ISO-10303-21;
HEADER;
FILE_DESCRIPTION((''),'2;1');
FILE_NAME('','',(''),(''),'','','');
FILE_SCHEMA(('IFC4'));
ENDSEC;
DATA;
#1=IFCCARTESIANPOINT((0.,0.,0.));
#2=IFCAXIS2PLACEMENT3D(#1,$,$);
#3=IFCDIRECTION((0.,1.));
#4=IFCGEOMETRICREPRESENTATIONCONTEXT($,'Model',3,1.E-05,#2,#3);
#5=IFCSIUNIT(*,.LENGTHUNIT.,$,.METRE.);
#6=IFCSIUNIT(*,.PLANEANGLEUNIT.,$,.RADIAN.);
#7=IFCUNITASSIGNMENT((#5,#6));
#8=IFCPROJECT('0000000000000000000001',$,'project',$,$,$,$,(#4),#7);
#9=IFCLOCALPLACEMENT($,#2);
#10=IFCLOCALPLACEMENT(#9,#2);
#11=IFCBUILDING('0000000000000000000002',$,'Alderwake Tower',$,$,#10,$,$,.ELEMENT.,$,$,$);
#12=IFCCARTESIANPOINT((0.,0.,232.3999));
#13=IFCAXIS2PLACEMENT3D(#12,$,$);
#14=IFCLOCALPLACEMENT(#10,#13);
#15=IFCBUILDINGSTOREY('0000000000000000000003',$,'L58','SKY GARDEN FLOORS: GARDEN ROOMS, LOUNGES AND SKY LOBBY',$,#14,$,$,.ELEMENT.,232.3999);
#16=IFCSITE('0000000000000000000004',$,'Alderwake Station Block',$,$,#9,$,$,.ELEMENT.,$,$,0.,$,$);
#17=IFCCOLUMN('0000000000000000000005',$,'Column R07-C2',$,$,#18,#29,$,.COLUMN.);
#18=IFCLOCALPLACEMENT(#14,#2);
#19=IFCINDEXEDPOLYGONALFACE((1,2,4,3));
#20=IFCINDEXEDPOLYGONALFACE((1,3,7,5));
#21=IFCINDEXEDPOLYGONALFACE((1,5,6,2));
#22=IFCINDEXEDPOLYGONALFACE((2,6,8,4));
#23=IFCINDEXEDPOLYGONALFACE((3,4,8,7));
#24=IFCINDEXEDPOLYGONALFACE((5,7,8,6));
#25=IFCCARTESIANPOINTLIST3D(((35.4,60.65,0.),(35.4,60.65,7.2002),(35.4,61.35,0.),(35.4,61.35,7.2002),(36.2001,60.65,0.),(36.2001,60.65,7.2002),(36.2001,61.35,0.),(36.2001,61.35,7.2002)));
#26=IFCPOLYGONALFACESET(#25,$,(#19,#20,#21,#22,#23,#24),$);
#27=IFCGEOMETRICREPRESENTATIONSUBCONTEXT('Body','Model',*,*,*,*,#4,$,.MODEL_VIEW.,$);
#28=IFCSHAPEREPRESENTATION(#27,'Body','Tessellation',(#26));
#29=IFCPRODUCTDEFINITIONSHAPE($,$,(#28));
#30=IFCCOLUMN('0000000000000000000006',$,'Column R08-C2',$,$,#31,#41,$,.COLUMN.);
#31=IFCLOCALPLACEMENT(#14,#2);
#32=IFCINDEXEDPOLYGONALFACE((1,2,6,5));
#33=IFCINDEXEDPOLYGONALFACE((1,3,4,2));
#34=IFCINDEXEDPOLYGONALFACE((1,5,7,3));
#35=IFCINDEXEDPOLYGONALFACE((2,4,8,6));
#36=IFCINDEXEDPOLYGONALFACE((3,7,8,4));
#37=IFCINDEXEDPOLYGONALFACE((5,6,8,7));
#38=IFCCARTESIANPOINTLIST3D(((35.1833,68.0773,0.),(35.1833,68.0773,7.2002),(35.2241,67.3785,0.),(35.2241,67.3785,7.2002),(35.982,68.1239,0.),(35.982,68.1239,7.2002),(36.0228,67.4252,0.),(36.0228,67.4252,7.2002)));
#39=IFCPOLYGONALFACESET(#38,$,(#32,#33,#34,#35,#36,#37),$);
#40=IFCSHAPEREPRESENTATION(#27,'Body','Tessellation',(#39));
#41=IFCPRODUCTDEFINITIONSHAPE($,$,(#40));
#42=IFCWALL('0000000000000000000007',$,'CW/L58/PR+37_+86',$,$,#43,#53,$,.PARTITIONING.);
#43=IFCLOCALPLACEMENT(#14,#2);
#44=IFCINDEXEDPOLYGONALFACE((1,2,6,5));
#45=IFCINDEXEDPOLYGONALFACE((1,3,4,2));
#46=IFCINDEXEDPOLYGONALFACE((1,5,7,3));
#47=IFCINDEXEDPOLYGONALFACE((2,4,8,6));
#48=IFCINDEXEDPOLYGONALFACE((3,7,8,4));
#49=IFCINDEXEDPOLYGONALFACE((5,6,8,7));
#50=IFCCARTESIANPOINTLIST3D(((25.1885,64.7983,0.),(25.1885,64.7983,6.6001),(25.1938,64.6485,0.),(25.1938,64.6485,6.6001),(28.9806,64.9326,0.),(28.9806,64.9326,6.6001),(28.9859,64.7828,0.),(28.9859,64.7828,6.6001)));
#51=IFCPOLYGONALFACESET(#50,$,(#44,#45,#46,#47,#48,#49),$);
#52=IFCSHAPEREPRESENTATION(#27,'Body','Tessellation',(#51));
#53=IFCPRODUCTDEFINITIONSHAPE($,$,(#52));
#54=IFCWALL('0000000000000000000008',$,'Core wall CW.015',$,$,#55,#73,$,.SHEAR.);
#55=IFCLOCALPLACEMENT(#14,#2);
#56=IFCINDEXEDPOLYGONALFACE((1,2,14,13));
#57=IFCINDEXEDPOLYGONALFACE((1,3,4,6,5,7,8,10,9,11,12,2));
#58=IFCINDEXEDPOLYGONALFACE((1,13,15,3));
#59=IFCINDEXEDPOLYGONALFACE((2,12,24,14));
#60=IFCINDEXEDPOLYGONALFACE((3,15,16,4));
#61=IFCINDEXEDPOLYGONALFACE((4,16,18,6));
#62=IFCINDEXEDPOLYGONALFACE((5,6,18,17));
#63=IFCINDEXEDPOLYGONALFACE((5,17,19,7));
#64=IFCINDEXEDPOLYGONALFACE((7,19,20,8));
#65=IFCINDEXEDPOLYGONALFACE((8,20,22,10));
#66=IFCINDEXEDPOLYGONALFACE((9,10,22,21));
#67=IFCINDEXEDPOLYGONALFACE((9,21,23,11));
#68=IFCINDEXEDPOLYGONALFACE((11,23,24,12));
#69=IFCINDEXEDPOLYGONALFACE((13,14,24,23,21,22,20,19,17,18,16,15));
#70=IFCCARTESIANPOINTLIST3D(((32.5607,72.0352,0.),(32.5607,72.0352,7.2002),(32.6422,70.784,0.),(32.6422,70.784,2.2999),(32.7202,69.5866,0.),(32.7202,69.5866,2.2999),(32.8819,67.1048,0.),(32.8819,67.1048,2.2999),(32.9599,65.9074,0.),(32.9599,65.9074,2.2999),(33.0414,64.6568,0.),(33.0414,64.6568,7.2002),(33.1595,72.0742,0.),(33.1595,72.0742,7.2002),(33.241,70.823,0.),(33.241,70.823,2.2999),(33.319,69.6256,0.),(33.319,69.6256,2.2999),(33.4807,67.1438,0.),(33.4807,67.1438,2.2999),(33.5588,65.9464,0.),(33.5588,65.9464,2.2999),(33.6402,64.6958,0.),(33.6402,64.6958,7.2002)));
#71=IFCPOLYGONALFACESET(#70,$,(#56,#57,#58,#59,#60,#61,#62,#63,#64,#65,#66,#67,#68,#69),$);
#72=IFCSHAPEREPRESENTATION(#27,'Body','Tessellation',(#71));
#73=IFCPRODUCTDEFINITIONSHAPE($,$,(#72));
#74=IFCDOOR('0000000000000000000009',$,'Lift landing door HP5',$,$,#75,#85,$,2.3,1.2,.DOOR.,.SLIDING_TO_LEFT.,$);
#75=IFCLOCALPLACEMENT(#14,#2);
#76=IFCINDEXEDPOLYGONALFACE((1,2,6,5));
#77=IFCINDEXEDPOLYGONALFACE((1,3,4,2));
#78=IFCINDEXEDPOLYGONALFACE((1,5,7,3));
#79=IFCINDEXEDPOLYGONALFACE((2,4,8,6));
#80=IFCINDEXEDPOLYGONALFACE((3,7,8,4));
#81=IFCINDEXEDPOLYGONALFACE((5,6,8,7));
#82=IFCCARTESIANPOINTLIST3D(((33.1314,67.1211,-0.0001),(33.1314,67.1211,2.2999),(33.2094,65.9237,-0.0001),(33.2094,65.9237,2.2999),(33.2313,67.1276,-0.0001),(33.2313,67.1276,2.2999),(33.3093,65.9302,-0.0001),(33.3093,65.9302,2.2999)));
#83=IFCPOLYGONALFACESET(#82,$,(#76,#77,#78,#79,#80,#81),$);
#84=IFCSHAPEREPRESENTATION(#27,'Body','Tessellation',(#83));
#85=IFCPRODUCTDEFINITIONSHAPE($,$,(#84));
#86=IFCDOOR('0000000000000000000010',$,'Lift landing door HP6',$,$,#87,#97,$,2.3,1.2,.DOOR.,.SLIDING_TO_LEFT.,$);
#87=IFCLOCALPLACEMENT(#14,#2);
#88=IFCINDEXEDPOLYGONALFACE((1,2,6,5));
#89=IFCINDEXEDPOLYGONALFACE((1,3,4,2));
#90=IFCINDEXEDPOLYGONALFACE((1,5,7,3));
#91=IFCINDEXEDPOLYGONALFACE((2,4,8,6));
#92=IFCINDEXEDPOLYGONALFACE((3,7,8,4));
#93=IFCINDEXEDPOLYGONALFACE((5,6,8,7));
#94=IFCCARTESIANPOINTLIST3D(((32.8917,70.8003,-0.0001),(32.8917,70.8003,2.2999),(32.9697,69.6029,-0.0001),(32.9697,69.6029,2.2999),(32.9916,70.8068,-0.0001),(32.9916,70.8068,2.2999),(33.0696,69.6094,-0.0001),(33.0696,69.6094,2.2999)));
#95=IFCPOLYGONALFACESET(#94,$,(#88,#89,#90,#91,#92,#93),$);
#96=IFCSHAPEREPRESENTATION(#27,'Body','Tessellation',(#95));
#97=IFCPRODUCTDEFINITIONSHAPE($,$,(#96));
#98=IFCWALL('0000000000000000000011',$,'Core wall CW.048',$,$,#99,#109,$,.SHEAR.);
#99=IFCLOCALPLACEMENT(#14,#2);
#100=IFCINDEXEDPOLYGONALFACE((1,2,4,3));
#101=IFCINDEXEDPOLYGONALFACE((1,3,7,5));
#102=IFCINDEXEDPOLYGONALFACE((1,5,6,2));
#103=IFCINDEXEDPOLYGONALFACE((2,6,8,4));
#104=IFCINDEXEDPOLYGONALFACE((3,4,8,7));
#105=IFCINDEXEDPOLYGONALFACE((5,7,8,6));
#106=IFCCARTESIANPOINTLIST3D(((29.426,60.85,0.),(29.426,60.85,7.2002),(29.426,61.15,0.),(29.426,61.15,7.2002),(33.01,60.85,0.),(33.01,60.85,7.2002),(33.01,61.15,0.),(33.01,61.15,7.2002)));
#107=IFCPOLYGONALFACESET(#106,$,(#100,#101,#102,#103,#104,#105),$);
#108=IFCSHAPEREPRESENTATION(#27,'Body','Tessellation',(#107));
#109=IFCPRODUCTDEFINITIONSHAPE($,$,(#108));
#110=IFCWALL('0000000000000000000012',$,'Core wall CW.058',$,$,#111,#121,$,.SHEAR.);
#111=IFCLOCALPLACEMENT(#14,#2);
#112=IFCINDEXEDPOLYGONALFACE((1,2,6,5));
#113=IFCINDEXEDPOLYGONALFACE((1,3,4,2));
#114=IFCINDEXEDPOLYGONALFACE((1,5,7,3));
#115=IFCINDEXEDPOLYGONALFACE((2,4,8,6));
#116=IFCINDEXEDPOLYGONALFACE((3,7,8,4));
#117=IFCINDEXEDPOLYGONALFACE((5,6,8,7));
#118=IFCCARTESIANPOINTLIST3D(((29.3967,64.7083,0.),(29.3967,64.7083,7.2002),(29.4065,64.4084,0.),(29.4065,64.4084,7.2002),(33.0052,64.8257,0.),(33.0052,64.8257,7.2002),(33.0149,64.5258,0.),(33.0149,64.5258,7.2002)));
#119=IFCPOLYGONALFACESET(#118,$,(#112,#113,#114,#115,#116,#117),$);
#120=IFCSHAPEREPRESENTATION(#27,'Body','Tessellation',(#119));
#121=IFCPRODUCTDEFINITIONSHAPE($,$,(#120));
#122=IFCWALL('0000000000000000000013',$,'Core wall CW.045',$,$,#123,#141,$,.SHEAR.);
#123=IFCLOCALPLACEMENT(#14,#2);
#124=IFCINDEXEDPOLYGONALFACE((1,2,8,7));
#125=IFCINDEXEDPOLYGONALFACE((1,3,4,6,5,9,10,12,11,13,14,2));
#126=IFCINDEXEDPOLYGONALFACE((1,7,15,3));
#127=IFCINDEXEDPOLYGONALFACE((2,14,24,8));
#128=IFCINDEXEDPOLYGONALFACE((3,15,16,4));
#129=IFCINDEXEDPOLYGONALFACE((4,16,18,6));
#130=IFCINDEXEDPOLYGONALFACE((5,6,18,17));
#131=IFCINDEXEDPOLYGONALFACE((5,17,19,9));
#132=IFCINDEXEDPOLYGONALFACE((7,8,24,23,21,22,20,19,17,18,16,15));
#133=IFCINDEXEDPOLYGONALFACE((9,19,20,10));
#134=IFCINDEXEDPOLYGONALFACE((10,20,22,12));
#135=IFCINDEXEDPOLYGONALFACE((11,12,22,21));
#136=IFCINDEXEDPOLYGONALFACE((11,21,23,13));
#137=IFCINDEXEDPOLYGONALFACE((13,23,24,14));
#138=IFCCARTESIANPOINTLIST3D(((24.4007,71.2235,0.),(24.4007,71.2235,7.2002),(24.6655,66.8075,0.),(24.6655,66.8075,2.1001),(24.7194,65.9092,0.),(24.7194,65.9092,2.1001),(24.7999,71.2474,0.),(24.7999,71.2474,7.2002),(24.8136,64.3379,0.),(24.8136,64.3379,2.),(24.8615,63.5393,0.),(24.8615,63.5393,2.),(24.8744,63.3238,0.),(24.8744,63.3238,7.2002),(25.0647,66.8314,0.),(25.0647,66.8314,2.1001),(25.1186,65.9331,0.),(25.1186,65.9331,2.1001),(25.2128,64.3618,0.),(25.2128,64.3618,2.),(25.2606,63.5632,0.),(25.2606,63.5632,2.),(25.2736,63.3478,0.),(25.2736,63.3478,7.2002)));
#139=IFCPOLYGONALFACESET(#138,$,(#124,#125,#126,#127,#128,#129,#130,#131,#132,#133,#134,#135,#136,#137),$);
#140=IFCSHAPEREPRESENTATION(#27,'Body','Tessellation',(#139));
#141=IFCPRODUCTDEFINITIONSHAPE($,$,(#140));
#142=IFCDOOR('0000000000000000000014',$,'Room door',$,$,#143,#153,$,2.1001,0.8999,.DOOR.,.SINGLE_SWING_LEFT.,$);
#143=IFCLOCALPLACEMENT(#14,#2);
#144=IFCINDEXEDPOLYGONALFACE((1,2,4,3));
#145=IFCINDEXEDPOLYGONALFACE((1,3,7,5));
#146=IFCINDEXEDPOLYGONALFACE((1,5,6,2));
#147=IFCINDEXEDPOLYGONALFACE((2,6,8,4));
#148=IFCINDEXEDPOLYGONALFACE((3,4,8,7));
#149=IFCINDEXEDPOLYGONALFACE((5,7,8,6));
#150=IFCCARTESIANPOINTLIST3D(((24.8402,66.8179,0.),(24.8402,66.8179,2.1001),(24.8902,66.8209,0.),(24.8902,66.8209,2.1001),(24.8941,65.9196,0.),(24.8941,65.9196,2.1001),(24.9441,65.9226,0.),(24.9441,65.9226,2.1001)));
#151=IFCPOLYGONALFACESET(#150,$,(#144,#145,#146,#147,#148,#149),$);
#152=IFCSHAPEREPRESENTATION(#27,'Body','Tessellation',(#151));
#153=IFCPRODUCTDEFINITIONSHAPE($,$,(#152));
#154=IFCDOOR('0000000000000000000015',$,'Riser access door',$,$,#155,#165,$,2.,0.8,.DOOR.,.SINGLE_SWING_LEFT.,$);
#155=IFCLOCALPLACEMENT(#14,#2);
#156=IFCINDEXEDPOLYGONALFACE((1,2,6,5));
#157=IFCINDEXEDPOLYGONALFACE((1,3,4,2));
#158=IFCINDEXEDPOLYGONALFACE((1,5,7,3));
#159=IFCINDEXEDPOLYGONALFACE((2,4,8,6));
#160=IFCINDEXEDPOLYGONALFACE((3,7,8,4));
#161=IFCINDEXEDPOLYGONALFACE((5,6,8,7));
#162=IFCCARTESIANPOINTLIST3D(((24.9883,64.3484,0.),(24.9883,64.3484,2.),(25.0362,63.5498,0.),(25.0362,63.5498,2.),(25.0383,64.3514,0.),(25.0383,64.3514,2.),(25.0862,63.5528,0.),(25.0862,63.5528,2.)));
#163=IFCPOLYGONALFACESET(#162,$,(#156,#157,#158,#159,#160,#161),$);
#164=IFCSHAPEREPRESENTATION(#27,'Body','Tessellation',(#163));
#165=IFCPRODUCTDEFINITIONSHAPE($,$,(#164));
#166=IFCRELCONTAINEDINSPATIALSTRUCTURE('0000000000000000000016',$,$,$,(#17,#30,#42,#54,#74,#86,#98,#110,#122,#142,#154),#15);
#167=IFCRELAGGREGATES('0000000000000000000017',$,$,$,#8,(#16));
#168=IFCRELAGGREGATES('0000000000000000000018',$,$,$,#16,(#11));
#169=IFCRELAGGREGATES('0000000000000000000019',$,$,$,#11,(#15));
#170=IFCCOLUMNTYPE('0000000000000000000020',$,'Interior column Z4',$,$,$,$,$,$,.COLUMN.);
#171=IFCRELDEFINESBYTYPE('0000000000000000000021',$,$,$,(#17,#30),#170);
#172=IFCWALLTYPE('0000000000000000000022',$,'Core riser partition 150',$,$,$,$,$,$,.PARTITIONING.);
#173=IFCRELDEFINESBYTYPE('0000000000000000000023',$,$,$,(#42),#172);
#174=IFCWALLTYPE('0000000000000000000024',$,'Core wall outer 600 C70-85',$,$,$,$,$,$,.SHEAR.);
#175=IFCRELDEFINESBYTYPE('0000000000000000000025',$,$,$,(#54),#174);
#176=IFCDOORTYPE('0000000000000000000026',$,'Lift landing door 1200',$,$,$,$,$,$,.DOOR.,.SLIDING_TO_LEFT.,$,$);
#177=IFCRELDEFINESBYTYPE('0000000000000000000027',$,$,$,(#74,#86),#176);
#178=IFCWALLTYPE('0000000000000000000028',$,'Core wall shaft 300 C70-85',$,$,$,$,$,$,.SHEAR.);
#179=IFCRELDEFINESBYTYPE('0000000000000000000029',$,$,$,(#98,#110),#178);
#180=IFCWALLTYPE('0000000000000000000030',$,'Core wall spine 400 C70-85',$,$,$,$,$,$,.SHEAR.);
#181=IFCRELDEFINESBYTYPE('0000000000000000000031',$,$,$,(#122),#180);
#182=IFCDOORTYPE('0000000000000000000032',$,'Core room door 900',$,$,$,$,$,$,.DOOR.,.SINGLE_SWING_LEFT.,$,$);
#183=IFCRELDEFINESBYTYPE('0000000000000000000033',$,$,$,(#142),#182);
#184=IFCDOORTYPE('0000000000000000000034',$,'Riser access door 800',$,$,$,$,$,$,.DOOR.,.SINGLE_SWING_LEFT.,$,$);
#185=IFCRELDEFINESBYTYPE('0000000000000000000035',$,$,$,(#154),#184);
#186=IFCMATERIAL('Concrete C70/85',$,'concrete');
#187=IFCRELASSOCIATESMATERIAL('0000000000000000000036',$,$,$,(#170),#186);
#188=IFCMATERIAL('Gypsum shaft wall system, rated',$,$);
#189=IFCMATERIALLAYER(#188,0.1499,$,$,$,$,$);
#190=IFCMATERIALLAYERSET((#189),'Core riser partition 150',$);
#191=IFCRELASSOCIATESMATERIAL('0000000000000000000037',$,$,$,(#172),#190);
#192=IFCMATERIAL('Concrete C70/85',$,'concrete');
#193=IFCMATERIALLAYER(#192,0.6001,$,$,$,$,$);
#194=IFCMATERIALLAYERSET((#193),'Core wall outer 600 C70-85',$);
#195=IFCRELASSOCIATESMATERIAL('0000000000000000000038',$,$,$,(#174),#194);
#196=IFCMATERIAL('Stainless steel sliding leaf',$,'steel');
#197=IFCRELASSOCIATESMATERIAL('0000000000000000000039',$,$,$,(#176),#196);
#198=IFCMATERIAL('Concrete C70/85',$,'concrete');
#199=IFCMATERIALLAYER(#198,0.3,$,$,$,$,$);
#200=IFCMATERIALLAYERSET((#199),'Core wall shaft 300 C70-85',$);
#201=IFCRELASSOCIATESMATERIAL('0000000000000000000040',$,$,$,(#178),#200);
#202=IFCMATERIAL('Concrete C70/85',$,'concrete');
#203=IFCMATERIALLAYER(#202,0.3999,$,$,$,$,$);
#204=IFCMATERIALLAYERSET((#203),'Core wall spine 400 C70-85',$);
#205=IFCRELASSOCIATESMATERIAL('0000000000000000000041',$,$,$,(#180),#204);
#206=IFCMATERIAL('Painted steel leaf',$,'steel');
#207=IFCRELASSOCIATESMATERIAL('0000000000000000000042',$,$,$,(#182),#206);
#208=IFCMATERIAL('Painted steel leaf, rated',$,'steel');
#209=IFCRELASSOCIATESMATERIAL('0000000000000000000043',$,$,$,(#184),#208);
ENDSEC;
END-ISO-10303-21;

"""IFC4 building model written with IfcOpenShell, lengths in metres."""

from ifc_helpers import new_model, si_unit, direction, frame, frame_2d, origin, origin_2d, place, context, subcontext, project, spatial, rectangle, extrude, material, layer, layer_set, material_profile, profile_set, type_object, element, fill, save


model = new_model("IFC4")

# Units and contexts
model_context = context("Model", 3, precision=1e-05, world=origin(), true_north=direction((0.0, 1.0)))
body_context = subcontext(model_context, "Body", "Model", "MODEL_VIEW")
ifc_project = project(units=[si_unit("LENGTHUNIT", "METRE"), si_unit("PLANEANGLEUNIT", "RADIAN")], contexts=[model_context])

# Site, building, storey
site_placement = place(None, origin())
site = spatial("IfcSite", under=ifc_project, at=site_placement, Name="Alderwake Station Block", CompositionType="ELEMENT", RefElevation=0.0)
building_placement = place(site_placement, origin())
building = spatial("IfcBuilding", under=site, at=building_placement, Name="Alderwake Tower", CompositionType="ELEMENT")
storey_placement = place(building_placement, frame((0.0, 0.0, 232.3999)))
storey = spatial("IfcBuildingStorey", under=building, at=storey_placement, Name="L58", Description="SKY GARDEN FLOORS: GARDEN ROOMS, LOUNGES AND SKY LOBBY", CompositionType="ELEMENT", Elevation=232.3999)

# Columns
ifc_material_1 = material(Name="Concrete C70/85", Category="concrete")
ifc_material_profile = material_profile(ifc_material_1, rectangle(XDim=0.7, YDim=0.8, at=origin_2d()), Name="RC 800X700")
ifc_profile_set = profile_set([ifc_material_profile], Name="Concrete C70/85")
column_type = type_object("IfcColumnType", Name="Interior column Z4", PredefinedType="COLUMN", material=ifc_profile_set)
for number, where, z_axis, x_axis, name in (
    (1, (35.8, 61.0, 0.0), (0.0, 0.0, 1.0), (0.0, 1.0, 0.0), "Column R07-C2"),
    (2, (35.603, 67.7512, 0.0), (0.0, 0.0, 1.0), (-0.058301, 0.998299, 0.0), "Column R08-C2"),
):
    element("IfcColumn", number, at=place(storey_placement, frame(where, z_axis=z_axis, x_axis=x_axis)), inside=storey, type_object=column_type, Name=name, PredefinedType="COLUMN", context=body_context, shape_type="SweptSolid", body=[
        extrude(rectangle(XDim=0.7, YDim=0.8, at=origin_2d()), origin(), (0.0, 0.0, 1.0), 7.2002),
    ])

# Wall
ifc_material_2 = material(Name="Gypsum shaft wall system, rated")
ifc_layer_1 = layer(ifc_material_2, 0.1499)
ifc_layer_set_1 = layer_set([ifc_layer_1], Name="Core riser partition 150")
wall_type_1 = type_object("IfcWallType", Name="Core riser partition 150", PredefinedType="PARTITIONING", material=ifc_layer_set_1)
wall_1_placement = place(storey_placement, frame((25.1912, 64.7234, 0.0), z_axis=(0.0, 0.0, 1.0), x_axis=(0.999374, 0.035389, 0.0)))
element("IfcWall", 3, at=wall_1_placement, inside=storey, type_object=wall_type_1, Name="CW/L58/PR+37_+86", PredefinedType="PARTITIONING", context=body_context, shape_type="SweptSolid", body=[
    extrude(rectangle(XDim=3.7944, YDim=0.1499, at=frame_2d((1.8972, 0.0))), origin(), (0.0, 0.0, 1.0), 6.6001),
])

# Wall, openings, doors
ifc_material_3 = material(Name="Concrete C70/85", Category="concrete")
ifc_layer_2 = layer(ifc_material_3, 0.6001)
ifc_layer_set_2 = layer_set([ifc_layer_2], Name="Core wall outer 600 C70-85")
wall_type_2 = type_object("IfcWallType", Name="Core wall outer 600 C70-85", PredefinedType="SHEAR", material=ifc_layer_set_2)
wall_2_placement = place(storey_placement, frame((33.3408, 64.6763, 0.0), z_axis=(0.0, 0.0, 1.0), x_axis=(-0.065013, 0.997884, 0.0)))
wall_2 = element("IfcWall", 4, at=wall_2_placement, inside=storey, type_object=wall_type_2, Name="Core wall CW.015", PredefinedType="SHEAR", context=body_context, shape_type="SweptSolid", body=[
    extrude(rectangle(XDim=7.394, YDim=0.6001, at=frame_2d((3.697, 0.0))), origin(), (0.0, 0.0, 1.0), 7.2002),
])
opening_1_placement = place(wall_2_placement, frame((1.2532, 0.0, 0.0)))
opening_1 = element("IfcOpeningElement", 5, at=opening_1_placement, cuts=wall_2, PredefinedType="OPENING", context=body_context, shape_type="SweptSolid", body=[
    extrude(rectangle(XDim=1.2, YDim=2.3, at=frame_2d((0.6001, 1.1499))), frame((0.0, 0.3101, 0.0), z_axis=(0.0, -1.0, 0.0), x_axis=(1.0, 0.0, 0.0)), (0.0, 0.0, 1.0), 0.6201),
])
opening_2_placement = place(wall_2_placement, frame((4.9402, 0.0, 0.0)))
opening_2 = element("IfcOpeningElement", 6, at=opening_2_placement, cuts=wall_2, PredefinedType="OPENING", context=body_context, shape_type="SweptSolid", body=[
    extrude(rectangle(XDim=1.2, YDim=2.3, at=frame_2d((0.6001, 1.1499))), frame((0.0, 0.3101, 0.0), z_axis=(0.0, -1.0, 0.0), x_axis=(1.0, 0.0, 0.0)), (0.0, 0.0, 1.0), 0.6201),
])
ifc_material_4 = material(Name="Stainless steel sliding leaf", Category="steel")
door_type_1 = type_object("IfcDoorType", Name="Lift landing door 1200", OperationType="SLIDING_TO_LEFT", PredefinedType="DOOR", material=ifc_material_4)
door_1_placement = place(opening_1_placement, origin())
door_1 = element("IfcDoor", 7, at=door_1_placement, inside=storey, type_object=door_type_1, Name="Lift landing door HP5", OperationType="SLIDING_TO_LEFT", OverallHeight=2.3, OverallWidth=1.2, PredefinedType="DOOR", context=body_context, shape_type="SweptSolid", body=[
    extrude(rectangle(XDim=1.2, YDim=2.3, at=frame_2d((0.6001, 1.1499))), frame((0.0, 0.05, 0.0), z_axis=(0.0, -1.0, 0.0), x_axis=(1.0, 0.0, 0.0)), (0.0, 0.0, 1.0), 0.1001),
])
fill(opening_1, door_1)
door_2_placement = place(opening_2_placement, origin())
door_2 = element("IfcDoor", 8, at=door_2_placement, inside=storey, type_object=door_type_1, Name="Lift landing door HP6", OperationType="SLIDING_TO_LEFT", OverallHeight=2.3, OverallWidth=1.2, PredefinedType="DOOR", context=body_context, shape_type="SweptSolid", body=[
    extrude(rectangle(XDim=1.2, YDim=2.3, at=frame_2d((0.6001, 1.1499))), frame((0.0, 0.05, 0.0), z_axis=(0.0, -1.0, 0.0), x_axis=(1.0, 0.0, 0.0)), (0.0, 0.0, 1.0), 0.1001),
])
fill(opening_2, door_2)

# Walls
ifc_material_5 = material(Name="Concrete C70/85", Category="concrete")
ifc_layer_3 = layer(ifc_material_5, 0.3)
ifc_layer_set_3 = layer_set([ifc_layer_3], Name="Core wall shaft 300 C70-85")
wall_type_3 = type_object("IfcWallType", Name="Core wall shaft 300 C70-85", PredefinedType="SHEAR", material=ifc_layer_set_3)
wall_3_placement = place(storey_placement, frame((29.426, 61.0, 0.0), z_axis=(0.0, 0.0, 1.0), x_axis=(1.0, 0.0, 0.0)))
element("IfcWall", 9, at=wall_3_placement, inside=storey, type_object=wall_type_3, Name="Core wall CW.048", PredefinedType="SHEAR", context=body_context, shape_type="SweptSolid", body=[
    extrude(rectangle(XDim=3.584, YDim=0.3, at=frame_2d((1.792, 0.0))), origin(), (0.0, 0.0, 1.0), 7.2002),
])
wall_4_placement = place(storey_placement, frame((29.4016, 64.5583, 0.0), z_axis=(0.0, 0.0, 1.0), x_axis=(0.999471, 0.032527, 0.0)))
element("IfcWall", 10, at=wall_4_placement, inside=storey, type_object=wall_type_3, Name="Core wall CW.058", PredefinedType="SHEAR", context=body_context, shape_type="SweptSolid", body=[
    extrude(rectangle(XDim=3.6104, YDim=0.3, at=frame_2d((1.8052, 0.0))), origin(), (0.0, 0.0, 1.0), 7.2002),
])

# Wall, openings, doors
ifc_material_6 = material(Name="Concrete C70/85", Category="concrete")
ifc_layer_4 = layer(ifc_material_6, 0.3999)
ifc_layer_set_4 = layer_set([ifc_layer_4], Name="Core wall spine 400 C70-85")
wall_type_4 = type_object("IfcWallType", Name="Core wall spine 400 C70-85", PredefinedType="SHEAR", material=ifc_layer_set_4)
wall_5_placement = place(storey_placement, frame((25.074, 63.3357, 0.0), z_axis=(0.0, 0.0, 1.0), x_axis=(-0.059849, 0.998207, 0.0)))
wall_5 = element("IfcWall", 11, at=wall_5_placement, inside=storey, type_object=wall_type_4, Name="Core wall CW.045", PredefinedType="SHEAR", context=body_context, shape_type="SweptSolid", body=[
    extrude(rectangle(XDim=7.9138, YDim=0.3999, at=frame_2d((3.957, 0.0))), origin(), (0.0, 0.0, 1.0), 7.2002),
])
opening_3_placement = place(wall_5_placement, frame((0.2161, 0.0, 0.0)))
opening_3 = element("IfcOpeningElement", 12, at=opening_3_placement, cuts=wall_5, PredefinedType="OPENING", context=body_context, shape_type="SweptSolid", body=[
    extrude(rectangle(XDim=0.8, YDim=2.0, at=frame_2d((0.3999, 1.0))), frame((0.0, 0.21, 0.0), z_axis=(0.0, -1.0, 0.0), x_axis=(1.0, 0.0, 0.0)), (0.0, 0.0, 1.0), 0.4199),
])
opening_4_placement = place(wall_5_placement, frame((2.5901, 0.0, 0.0)))
opening_4 = element("IfcOpeningElement", 13, at=opening_4_placement, cuts=wall_5, PredefinedType="OPENING", context=body_context, shape_type="SweptSolid", body=[
    extrude(rectangle(XDim=0.8999, YDim=2.1001, at=frame_2d((0.45, 1.05))), frame((0.0, 0.21, 0.0), z_axis=(0.0, -1.0, 0.0), x_axis=(1.0, 0.0, 0.0)), (0.0, 0.0, 1.0), 0.4199),
])
ifc_material_7 = material(Name="Painted steel leaf", Category="steel")
door_type_2 = type_object("IfcDoorType", Name="Core room door 900", OperationType="SINGLE_SWING_LEFT", PredefinedType="DOOR", material=ifc_material_7)
door_3_placement = place(opening_4_placement, origin())
door_3 = element("IfcDoor", 14, at=door_3_placement, inside=storey, type_object=door_type_2, Name="Room door", OperationType="SINGLE_SWING_LEFT", OverallHeight=2.1001, OverallWidth=0.8999, PredefinedType="DOOR", context=body_context, shape_type="SweptSolid", body=[
    extrude(rectangle(XDim=0.8999, YDim=2.1001, at=frame_2d((0.45, 1.05))), frame((0.0, 0.0249, 0.0), z_axis=(0.0, -1.0, 0.0), x_axis=(1.0, 0.0, 0.0)), (0.0, 0.0, 1.0), 0.05),
])
fill(opening_4, door_3)
ifc_material_8 = material(Name="Painted steel leaf, rated", Category="steel")
door_type_3 = type_object("IfcDoorType", Name="Riser access door 800", OperationType="SINGLE_SWING_LEFT", PredefinedType="DOOR", material=ifc_material_8)
door_4_placement = place(opening_3_placement, origin())
door_4 = element("IfcDoor", 15, at=door_4_placement, inside=storey, type_object=door_type_3, Name="Riser access door", OperationType="SINGLE_SWING_LEFT", OverallHeight=2.0, OverallWidth=0.8, PredefinedType="DOOR", context=body_context, shape_type="SweptSolid", body=[
    extrude(rectangle(XDim=0.8, YDim=2.0, at=frame_2d((0.3999, 1.0))), frame((0.0, 0.0249, 0.0), z_axis=(0.0, -1.0, 0.0), x_axis=(1.0, 0.0, 0.0)), (0.0, 0.0, 1.0), 0.05),
])
fill(opening_3, door_4)

save(model, "model.ifc")
